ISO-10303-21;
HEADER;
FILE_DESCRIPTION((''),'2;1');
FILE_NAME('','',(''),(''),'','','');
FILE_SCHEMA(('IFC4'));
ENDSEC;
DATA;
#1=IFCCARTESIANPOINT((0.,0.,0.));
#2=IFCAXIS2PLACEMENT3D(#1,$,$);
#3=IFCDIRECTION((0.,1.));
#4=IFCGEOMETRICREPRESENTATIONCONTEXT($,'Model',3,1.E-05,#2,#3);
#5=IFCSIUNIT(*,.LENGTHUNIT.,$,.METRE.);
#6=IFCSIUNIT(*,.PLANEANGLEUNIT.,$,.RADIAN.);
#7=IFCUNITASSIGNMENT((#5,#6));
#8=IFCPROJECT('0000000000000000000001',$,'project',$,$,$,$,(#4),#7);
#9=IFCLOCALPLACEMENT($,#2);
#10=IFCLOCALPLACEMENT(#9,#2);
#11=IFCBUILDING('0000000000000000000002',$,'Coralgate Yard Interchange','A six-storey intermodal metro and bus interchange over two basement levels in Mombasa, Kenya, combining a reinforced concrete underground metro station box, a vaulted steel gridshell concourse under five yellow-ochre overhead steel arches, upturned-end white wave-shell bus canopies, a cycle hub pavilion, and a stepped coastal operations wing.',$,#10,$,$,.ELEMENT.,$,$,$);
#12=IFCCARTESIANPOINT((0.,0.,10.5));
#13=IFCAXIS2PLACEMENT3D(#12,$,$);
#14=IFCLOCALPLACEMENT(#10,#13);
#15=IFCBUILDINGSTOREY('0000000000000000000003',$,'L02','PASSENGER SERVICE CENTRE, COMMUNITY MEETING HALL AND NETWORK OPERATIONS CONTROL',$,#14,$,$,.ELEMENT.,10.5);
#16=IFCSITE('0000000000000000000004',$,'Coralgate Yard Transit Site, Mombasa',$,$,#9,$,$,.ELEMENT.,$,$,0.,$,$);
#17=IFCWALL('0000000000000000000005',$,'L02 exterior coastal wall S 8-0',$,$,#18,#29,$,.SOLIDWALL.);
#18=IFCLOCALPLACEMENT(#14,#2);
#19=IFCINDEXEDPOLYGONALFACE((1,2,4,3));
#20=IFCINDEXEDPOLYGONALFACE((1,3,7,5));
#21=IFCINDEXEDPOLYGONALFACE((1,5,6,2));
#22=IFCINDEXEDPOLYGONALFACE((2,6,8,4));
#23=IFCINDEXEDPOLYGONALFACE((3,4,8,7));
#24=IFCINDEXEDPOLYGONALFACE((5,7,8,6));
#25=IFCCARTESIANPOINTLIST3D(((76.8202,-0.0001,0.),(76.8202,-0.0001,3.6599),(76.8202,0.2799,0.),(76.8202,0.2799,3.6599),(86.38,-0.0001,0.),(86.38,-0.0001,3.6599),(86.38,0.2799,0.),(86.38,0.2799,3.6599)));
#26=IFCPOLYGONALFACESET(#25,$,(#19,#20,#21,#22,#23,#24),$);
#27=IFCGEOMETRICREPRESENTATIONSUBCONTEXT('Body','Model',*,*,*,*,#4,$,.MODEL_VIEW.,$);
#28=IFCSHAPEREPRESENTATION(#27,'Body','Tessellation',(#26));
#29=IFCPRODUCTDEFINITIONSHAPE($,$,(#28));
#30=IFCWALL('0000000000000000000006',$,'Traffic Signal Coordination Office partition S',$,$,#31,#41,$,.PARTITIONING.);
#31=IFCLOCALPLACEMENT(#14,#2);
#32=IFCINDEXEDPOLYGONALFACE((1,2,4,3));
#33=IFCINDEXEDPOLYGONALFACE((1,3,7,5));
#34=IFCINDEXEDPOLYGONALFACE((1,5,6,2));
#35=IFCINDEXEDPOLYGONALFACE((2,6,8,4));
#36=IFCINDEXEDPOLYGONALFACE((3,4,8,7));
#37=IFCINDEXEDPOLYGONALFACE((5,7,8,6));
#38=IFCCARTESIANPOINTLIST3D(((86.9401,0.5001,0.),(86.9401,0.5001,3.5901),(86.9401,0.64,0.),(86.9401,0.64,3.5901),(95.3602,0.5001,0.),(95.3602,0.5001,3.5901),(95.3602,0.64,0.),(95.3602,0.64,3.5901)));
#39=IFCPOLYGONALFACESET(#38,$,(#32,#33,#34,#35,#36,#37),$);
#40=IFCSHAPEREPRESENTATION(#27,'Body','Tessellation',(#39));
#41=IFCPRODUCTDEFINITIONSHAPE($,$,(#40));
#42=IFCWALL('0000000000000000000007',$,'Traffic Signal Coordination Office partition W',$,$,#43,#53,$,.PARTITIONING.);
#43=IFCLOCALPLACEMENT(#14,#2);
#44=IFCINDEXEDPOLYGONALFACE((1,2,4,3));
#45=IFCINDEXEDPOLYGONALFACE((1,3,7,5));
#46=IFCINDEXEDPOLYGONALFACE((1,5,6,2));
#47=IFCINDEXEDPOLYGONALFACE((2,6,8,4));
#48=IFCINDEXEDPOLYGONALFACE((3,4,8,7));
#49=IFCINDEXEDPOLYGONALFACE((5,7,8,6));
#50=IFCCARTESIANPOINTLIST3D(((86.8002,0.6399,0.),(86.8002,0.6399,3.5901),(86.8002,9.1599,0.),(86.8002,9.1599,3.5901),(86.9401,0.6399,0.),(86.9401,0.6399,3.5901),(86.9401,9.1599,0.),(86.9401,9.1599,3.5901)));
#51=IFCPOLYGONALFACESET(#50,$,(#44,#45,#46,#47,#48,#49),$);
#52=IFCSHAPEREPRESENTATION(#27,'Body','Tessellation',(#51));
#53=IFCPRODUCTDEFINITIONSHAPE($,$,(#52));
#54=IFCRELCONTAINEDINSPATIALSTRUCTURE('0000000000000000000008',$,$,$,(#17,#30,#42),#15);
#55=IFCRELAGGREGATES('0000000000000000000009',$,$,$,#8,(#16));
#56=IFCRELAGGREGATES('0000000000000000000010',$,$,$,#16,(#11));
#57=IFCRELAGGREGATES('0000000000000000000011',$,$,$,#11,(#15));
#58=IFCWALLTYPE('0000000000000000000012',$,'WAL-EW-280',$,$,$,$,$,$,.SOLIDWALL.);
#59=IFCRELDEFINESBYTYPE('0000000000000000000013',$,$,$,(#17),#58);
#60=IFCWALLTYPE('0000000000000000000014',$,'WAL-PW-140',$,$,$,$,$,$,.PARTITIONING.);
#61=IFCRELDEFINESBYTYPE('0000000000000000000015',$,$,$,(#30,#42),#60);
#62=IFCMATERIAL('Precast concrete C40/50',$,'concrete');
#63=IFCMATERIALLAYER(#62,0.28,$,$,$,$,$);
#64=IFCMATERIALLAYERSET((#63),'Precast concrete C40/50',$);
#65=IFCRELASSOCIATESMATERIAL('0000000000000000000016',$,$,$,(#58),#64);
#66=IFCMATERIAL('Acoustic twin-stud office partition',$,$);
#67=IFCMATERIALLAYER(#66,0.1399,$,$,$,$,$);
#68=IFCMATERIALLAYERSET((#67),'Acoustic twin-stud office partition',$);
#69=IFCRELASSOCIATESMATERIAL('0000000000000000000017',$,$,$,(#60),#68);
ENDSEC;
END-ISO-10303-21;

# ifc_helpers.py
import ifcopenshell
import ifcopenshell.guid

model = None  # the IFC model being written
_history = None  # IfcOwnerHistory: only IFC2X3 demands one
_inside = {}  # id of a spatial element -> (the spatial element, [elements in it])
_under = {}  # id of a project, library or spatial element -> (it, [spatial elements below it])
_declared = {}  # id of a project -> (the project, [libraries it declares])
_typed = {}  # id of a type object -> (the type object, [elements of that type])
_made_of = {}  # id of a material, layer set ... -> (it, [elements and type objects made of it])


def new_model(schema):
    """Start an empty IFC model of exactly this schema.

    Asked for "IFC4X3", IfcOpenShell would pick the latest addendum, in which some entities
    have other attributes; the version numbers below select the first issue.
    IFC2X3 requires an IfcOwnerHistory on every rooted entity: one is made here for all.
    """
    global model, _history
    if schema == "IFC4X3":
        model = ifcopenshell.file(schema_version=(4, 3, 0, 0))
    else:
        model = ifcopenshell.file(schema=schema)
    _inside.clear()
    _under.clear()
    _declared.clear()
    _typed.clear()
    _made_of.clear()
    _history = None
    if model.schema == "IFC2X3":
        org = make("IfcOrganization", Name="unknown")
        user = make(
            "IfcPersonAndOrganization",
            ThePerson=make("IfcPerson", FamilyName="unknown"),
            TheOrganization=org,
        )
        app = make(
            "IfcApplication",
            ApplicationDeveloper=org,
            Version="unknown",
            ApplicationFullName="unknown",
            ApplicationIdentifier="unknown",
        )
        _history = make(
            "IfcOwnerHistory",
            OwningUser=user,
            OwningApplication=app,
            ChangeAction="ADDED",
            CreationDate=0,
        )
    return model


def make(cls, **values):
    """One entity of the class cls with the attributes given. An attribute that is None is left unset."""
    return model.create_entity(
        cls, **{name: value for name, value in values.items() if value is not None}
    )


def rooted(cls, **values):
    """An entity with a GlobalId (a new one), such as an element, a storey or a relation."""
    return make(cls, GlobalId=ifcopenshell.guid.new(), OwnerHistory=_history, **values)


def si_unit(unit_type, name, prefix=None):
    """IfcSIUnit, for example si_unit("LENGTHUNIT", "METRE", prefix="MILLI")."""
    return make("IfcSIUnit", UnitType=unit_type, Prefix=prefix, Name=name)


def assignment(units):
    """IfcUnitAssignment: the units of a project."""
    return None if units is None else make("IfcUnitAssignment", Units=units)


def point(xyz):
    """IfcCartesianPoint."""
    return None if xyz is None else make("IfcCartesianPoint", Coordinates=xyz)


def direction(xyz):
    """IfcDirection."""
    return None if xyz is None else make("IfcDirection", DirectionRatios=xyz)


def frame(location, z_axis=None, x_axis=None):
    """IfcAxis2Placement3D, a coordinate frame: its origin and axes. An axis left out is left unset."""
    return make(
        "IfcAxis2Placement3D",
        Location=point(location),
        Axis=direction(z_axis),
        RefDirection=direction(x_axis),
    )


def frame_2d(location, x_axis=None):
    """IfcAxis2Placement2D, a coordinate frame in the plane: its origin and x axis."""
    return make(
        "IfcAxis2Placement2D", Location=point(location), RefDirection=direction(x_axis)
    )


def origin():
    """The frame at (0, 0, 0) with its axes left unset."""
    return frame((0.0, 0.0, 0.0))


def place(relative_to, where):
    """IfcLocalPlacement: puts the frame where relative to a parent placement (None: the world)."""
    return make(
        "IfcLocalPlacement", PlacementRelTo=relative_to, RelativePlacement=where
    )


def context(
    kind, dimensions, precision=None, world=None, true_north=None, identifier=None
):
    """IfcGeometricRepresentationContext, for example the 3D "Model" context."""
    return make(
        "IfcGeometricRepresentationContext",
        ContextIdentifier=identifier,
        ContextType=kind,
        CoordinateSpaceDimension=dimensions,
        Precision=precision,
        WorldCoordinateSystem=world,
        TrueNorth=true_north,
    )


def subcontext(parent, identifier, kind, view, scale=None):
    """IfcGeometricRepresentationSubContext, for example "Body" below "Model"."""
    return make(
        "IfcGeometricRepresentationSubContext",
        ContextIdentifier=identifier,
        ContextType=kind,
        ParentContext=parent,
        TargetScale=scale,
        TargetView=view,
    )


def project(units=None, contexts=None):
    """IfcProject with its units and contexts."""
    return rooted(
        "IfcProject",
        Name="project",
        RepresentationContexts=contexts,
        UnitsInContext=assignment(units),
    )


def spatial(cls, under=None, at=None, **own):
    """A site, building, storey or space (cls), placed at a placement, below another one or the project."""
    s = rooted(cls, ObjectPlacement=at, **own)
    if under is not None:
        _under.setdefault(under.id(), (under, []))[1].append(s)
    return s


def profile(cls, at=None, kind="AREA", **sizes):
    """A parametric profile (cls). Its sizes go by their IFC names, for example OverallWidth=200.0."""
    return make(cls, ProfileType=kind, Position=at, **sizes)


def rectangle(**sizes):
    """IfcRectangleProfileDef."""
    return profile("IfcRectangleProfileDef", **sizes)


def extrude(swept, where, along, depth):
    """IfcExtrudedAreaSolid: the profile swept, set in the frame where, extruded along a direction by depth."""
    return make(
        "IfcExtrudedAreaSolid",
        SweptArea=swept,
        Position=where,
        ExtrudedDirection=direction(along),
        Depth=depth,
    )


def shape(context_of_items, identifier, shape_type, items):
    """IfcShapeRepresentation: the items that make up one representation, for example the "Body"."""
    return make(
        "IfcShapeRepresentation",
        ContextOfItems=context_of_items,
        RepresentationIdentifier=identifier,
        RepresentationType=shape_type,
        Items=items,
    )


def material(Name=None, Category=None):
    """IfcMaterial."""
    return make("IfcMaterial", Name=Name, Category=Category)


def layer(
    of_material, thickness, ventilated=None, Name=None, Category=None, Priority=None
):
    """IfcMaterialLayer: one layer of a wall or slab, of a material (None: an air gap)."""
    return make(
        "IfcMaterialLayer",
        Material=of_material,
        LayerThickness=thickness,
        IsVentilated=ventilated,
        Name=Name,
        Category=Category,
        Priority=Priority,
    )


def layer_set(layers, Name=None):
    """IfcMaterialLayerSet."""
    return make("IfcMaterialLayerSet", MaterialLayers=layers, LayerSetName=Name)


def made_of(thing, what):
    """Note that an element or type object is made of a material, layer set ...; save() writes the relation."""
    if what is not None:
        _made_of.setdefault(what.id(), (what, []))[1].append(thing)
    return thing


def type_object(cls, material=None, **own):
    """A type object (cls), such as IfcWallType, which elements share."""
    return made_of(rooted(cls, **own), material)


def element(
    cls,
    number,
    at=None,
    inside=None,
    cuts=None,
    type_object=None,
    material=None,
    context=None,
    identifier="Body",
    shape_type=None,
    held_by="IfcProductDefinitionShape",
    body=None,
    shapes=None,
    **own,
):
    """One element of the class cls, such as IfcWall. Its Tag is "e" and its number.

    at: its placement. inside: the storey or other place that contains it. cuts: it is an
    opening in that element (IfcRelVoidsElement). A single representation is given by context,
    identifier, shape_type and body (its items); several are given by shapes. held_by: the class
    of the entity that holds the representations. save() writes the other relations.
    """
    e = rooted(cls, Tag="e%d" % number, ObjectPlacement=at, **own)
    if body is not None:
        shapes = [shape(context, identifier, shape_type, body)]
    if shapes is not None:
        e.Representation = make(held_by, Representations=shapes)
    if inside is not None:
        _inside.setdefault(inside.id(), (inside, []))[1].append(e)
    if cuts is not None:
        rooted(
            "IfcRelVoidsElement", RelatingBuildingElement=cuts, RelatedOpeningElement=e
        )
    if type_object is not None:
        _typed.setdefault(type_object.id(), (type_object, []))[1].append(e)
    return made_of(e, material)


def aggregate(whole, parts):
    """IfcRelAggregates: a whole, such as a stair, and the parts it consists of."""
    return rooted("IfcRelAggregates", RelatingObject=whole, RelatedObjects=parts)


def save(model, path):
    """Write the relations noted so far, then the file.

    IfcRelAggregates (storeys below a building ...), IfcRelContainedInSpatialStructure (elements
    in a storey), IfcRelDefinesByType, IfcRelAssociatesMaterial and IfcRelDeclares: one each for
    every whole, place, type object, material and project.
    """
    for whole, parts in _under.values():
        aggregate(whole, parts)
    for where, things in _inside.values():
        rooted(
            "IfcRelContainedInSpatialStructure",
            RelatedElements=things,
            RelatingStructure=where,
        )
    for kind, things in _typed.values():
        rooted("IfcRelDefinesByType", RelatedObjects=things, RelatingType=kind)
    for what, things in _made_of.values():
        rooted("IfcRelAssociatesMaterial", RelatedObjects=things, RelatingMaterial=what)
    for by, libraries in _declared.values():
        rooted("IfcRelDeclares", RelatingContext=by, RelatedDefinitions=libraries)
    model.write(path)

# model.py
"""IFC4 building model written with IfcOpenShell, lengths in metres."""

from ifc_helpers import new_model, si_unit, direction, frame, frame_2d, origin, place, context, subcontext, project, spatial, rectangle, extrude, material, layer, layer_set, type_object, element, save


model = new_model("IFC4")

# Units and contexts
model_context = context("Model", 3, precision=1e-05, world=origin(), true_north=direction((0.0, 1.0)))
body_context = subcontext(model_context, "Body", "Model", "MODEL_VIEW")
ifc_project = project(units=[si_unit("LENGTHUNIT", "METRE"), si_unit("PLANEANGLEUNIT", "RADIAN")], contexts=[model_context])

# Site, building, storey
site_placement = place(None, origin())
site = spatial("IfcSite", under=ifc_project, at=site_placement, Name="Coralgate Yard Transit Site, Mombasa", CompositionType="ELEMENT", RefElevation=0.0)
building_placement = place(site_placement, origin())
building = spatial("IfcBuilding", under=site, at=building_placement, Name="Coralgate Yard Interchange", Description="A six-storey intermodal metro and bus interchange over two basement levels in Mombasa, Kenya, combining a reinforced concrete underground metro station box, a vaulted steel gridshell concourse under five yellow-ochre overhead steel arches, upturned-end white wave-shell bus canopies, a cycle hub pavilion, and a stepped coastal operations wing.", CompositionType="ELEMENT")
storey_placement = place(building_placement, frame((0.0, 0.0, 10.5)))
storey = spatial("IfcBuildingStorey", under=building, at=storey_placement, Name="L02", Description="PASSENGER SERVICE CENTRE, COMMUNITY MEETING HALL AND NETWORK OPERATIONS CONTROL", CompositionType="ELEMENT", Elevation=10.5)

# Walls
ifc_material_1 = material(Name="Precast concrete C40/50", Category="concrete")
ifc_layer_1 = layer(ifc_material_1, 0.28)
ifc_layer_set_1 = layer_set([ifc_layer_1], Name="Precast concrete C40/50")
wall_type_1 = type_object("IfcWallType", Name="WAL-EW-280", PredefinedType="SOLIDWALL", material=ifc_layer_set_1)
wall_1_placement = place(storey_placement, frame((86.3799, 0.1399, 0.0), z_axis=(0.0, 0.0, 1.0), x_axis=(-1.0, 0.0, 0.0)))
element("IfcWall", 1, at=wall_1_placement, inside=storey, type_object=wall_type_1, Name="L02 exterior coastal wall S 8-0", PredefinedType="SOLIDWALL", context=body_context, shape_type="SweptSolid", body=[
    extrude(rectangle(XDim=9.5598, YDim=0.28, at=frame_2d((4.7798, 0.0))), origin(), (0.0, 0.0, 1.0), 3.6599),
])
ifc_material_2 = material(Name="Acoustic twin-stud office partition")
ifc_layer_2 = layer(ifc_material_2, 0.1399)
ifc_layer_set_2 = layer_set([ifc_layer_2], Name="Acoustic twin-stud office partition")
wall_type_2 = type_object("IfcWallType", Name="WAL-PW-140", PredefinedType="PARTITIONING", material=ifc_layer_set_2)
wall_2_placement = place(storey_placement, frame((95.3601, 0.5701, 0.0), z_axis=(0.0, 0.0, 1.0), x_axis=(-1.0, 0.0, 0.0)))
element("IfcWall", 2, at=wall_2_placement, inside=storey, type_object=wall_type_2, Name="Traffic Signal Coordination Office partition S", PredefinedType="PARTITIONING", context=body_context, shape_type="SweptSolid", body=[
    extrude(rectangle(XDim=8.4202, YDim=0.1399, at=frame_2d((4.21, 0.0))), origin(), (0.0, 0.0, 1.0), 3.5901),
])
wall_3_placement = place(storey_placement, frame((86.8701, 0.6399, 0.0), z_axis=(0.0, 0.0, 1.0), x_axis=(0.0, 1.0, 0.0)))
element("IfcWall", 3, at=wall_3_placement, inside=storey, type_object=wall_type_2, Name="Traffic Signal Coordination Office partition W", PredefinedType="PARTITIONING", context=body_context, shape_type="SweptSolid", body=[
    extrude(rectangle(XDim=8.52, YDim=0.1399, at=frame_2d((4.26, 0.0))), origin(), (0.0, 0.0, 1.0), 3.5901),
])

save(model, "model.ifc")
